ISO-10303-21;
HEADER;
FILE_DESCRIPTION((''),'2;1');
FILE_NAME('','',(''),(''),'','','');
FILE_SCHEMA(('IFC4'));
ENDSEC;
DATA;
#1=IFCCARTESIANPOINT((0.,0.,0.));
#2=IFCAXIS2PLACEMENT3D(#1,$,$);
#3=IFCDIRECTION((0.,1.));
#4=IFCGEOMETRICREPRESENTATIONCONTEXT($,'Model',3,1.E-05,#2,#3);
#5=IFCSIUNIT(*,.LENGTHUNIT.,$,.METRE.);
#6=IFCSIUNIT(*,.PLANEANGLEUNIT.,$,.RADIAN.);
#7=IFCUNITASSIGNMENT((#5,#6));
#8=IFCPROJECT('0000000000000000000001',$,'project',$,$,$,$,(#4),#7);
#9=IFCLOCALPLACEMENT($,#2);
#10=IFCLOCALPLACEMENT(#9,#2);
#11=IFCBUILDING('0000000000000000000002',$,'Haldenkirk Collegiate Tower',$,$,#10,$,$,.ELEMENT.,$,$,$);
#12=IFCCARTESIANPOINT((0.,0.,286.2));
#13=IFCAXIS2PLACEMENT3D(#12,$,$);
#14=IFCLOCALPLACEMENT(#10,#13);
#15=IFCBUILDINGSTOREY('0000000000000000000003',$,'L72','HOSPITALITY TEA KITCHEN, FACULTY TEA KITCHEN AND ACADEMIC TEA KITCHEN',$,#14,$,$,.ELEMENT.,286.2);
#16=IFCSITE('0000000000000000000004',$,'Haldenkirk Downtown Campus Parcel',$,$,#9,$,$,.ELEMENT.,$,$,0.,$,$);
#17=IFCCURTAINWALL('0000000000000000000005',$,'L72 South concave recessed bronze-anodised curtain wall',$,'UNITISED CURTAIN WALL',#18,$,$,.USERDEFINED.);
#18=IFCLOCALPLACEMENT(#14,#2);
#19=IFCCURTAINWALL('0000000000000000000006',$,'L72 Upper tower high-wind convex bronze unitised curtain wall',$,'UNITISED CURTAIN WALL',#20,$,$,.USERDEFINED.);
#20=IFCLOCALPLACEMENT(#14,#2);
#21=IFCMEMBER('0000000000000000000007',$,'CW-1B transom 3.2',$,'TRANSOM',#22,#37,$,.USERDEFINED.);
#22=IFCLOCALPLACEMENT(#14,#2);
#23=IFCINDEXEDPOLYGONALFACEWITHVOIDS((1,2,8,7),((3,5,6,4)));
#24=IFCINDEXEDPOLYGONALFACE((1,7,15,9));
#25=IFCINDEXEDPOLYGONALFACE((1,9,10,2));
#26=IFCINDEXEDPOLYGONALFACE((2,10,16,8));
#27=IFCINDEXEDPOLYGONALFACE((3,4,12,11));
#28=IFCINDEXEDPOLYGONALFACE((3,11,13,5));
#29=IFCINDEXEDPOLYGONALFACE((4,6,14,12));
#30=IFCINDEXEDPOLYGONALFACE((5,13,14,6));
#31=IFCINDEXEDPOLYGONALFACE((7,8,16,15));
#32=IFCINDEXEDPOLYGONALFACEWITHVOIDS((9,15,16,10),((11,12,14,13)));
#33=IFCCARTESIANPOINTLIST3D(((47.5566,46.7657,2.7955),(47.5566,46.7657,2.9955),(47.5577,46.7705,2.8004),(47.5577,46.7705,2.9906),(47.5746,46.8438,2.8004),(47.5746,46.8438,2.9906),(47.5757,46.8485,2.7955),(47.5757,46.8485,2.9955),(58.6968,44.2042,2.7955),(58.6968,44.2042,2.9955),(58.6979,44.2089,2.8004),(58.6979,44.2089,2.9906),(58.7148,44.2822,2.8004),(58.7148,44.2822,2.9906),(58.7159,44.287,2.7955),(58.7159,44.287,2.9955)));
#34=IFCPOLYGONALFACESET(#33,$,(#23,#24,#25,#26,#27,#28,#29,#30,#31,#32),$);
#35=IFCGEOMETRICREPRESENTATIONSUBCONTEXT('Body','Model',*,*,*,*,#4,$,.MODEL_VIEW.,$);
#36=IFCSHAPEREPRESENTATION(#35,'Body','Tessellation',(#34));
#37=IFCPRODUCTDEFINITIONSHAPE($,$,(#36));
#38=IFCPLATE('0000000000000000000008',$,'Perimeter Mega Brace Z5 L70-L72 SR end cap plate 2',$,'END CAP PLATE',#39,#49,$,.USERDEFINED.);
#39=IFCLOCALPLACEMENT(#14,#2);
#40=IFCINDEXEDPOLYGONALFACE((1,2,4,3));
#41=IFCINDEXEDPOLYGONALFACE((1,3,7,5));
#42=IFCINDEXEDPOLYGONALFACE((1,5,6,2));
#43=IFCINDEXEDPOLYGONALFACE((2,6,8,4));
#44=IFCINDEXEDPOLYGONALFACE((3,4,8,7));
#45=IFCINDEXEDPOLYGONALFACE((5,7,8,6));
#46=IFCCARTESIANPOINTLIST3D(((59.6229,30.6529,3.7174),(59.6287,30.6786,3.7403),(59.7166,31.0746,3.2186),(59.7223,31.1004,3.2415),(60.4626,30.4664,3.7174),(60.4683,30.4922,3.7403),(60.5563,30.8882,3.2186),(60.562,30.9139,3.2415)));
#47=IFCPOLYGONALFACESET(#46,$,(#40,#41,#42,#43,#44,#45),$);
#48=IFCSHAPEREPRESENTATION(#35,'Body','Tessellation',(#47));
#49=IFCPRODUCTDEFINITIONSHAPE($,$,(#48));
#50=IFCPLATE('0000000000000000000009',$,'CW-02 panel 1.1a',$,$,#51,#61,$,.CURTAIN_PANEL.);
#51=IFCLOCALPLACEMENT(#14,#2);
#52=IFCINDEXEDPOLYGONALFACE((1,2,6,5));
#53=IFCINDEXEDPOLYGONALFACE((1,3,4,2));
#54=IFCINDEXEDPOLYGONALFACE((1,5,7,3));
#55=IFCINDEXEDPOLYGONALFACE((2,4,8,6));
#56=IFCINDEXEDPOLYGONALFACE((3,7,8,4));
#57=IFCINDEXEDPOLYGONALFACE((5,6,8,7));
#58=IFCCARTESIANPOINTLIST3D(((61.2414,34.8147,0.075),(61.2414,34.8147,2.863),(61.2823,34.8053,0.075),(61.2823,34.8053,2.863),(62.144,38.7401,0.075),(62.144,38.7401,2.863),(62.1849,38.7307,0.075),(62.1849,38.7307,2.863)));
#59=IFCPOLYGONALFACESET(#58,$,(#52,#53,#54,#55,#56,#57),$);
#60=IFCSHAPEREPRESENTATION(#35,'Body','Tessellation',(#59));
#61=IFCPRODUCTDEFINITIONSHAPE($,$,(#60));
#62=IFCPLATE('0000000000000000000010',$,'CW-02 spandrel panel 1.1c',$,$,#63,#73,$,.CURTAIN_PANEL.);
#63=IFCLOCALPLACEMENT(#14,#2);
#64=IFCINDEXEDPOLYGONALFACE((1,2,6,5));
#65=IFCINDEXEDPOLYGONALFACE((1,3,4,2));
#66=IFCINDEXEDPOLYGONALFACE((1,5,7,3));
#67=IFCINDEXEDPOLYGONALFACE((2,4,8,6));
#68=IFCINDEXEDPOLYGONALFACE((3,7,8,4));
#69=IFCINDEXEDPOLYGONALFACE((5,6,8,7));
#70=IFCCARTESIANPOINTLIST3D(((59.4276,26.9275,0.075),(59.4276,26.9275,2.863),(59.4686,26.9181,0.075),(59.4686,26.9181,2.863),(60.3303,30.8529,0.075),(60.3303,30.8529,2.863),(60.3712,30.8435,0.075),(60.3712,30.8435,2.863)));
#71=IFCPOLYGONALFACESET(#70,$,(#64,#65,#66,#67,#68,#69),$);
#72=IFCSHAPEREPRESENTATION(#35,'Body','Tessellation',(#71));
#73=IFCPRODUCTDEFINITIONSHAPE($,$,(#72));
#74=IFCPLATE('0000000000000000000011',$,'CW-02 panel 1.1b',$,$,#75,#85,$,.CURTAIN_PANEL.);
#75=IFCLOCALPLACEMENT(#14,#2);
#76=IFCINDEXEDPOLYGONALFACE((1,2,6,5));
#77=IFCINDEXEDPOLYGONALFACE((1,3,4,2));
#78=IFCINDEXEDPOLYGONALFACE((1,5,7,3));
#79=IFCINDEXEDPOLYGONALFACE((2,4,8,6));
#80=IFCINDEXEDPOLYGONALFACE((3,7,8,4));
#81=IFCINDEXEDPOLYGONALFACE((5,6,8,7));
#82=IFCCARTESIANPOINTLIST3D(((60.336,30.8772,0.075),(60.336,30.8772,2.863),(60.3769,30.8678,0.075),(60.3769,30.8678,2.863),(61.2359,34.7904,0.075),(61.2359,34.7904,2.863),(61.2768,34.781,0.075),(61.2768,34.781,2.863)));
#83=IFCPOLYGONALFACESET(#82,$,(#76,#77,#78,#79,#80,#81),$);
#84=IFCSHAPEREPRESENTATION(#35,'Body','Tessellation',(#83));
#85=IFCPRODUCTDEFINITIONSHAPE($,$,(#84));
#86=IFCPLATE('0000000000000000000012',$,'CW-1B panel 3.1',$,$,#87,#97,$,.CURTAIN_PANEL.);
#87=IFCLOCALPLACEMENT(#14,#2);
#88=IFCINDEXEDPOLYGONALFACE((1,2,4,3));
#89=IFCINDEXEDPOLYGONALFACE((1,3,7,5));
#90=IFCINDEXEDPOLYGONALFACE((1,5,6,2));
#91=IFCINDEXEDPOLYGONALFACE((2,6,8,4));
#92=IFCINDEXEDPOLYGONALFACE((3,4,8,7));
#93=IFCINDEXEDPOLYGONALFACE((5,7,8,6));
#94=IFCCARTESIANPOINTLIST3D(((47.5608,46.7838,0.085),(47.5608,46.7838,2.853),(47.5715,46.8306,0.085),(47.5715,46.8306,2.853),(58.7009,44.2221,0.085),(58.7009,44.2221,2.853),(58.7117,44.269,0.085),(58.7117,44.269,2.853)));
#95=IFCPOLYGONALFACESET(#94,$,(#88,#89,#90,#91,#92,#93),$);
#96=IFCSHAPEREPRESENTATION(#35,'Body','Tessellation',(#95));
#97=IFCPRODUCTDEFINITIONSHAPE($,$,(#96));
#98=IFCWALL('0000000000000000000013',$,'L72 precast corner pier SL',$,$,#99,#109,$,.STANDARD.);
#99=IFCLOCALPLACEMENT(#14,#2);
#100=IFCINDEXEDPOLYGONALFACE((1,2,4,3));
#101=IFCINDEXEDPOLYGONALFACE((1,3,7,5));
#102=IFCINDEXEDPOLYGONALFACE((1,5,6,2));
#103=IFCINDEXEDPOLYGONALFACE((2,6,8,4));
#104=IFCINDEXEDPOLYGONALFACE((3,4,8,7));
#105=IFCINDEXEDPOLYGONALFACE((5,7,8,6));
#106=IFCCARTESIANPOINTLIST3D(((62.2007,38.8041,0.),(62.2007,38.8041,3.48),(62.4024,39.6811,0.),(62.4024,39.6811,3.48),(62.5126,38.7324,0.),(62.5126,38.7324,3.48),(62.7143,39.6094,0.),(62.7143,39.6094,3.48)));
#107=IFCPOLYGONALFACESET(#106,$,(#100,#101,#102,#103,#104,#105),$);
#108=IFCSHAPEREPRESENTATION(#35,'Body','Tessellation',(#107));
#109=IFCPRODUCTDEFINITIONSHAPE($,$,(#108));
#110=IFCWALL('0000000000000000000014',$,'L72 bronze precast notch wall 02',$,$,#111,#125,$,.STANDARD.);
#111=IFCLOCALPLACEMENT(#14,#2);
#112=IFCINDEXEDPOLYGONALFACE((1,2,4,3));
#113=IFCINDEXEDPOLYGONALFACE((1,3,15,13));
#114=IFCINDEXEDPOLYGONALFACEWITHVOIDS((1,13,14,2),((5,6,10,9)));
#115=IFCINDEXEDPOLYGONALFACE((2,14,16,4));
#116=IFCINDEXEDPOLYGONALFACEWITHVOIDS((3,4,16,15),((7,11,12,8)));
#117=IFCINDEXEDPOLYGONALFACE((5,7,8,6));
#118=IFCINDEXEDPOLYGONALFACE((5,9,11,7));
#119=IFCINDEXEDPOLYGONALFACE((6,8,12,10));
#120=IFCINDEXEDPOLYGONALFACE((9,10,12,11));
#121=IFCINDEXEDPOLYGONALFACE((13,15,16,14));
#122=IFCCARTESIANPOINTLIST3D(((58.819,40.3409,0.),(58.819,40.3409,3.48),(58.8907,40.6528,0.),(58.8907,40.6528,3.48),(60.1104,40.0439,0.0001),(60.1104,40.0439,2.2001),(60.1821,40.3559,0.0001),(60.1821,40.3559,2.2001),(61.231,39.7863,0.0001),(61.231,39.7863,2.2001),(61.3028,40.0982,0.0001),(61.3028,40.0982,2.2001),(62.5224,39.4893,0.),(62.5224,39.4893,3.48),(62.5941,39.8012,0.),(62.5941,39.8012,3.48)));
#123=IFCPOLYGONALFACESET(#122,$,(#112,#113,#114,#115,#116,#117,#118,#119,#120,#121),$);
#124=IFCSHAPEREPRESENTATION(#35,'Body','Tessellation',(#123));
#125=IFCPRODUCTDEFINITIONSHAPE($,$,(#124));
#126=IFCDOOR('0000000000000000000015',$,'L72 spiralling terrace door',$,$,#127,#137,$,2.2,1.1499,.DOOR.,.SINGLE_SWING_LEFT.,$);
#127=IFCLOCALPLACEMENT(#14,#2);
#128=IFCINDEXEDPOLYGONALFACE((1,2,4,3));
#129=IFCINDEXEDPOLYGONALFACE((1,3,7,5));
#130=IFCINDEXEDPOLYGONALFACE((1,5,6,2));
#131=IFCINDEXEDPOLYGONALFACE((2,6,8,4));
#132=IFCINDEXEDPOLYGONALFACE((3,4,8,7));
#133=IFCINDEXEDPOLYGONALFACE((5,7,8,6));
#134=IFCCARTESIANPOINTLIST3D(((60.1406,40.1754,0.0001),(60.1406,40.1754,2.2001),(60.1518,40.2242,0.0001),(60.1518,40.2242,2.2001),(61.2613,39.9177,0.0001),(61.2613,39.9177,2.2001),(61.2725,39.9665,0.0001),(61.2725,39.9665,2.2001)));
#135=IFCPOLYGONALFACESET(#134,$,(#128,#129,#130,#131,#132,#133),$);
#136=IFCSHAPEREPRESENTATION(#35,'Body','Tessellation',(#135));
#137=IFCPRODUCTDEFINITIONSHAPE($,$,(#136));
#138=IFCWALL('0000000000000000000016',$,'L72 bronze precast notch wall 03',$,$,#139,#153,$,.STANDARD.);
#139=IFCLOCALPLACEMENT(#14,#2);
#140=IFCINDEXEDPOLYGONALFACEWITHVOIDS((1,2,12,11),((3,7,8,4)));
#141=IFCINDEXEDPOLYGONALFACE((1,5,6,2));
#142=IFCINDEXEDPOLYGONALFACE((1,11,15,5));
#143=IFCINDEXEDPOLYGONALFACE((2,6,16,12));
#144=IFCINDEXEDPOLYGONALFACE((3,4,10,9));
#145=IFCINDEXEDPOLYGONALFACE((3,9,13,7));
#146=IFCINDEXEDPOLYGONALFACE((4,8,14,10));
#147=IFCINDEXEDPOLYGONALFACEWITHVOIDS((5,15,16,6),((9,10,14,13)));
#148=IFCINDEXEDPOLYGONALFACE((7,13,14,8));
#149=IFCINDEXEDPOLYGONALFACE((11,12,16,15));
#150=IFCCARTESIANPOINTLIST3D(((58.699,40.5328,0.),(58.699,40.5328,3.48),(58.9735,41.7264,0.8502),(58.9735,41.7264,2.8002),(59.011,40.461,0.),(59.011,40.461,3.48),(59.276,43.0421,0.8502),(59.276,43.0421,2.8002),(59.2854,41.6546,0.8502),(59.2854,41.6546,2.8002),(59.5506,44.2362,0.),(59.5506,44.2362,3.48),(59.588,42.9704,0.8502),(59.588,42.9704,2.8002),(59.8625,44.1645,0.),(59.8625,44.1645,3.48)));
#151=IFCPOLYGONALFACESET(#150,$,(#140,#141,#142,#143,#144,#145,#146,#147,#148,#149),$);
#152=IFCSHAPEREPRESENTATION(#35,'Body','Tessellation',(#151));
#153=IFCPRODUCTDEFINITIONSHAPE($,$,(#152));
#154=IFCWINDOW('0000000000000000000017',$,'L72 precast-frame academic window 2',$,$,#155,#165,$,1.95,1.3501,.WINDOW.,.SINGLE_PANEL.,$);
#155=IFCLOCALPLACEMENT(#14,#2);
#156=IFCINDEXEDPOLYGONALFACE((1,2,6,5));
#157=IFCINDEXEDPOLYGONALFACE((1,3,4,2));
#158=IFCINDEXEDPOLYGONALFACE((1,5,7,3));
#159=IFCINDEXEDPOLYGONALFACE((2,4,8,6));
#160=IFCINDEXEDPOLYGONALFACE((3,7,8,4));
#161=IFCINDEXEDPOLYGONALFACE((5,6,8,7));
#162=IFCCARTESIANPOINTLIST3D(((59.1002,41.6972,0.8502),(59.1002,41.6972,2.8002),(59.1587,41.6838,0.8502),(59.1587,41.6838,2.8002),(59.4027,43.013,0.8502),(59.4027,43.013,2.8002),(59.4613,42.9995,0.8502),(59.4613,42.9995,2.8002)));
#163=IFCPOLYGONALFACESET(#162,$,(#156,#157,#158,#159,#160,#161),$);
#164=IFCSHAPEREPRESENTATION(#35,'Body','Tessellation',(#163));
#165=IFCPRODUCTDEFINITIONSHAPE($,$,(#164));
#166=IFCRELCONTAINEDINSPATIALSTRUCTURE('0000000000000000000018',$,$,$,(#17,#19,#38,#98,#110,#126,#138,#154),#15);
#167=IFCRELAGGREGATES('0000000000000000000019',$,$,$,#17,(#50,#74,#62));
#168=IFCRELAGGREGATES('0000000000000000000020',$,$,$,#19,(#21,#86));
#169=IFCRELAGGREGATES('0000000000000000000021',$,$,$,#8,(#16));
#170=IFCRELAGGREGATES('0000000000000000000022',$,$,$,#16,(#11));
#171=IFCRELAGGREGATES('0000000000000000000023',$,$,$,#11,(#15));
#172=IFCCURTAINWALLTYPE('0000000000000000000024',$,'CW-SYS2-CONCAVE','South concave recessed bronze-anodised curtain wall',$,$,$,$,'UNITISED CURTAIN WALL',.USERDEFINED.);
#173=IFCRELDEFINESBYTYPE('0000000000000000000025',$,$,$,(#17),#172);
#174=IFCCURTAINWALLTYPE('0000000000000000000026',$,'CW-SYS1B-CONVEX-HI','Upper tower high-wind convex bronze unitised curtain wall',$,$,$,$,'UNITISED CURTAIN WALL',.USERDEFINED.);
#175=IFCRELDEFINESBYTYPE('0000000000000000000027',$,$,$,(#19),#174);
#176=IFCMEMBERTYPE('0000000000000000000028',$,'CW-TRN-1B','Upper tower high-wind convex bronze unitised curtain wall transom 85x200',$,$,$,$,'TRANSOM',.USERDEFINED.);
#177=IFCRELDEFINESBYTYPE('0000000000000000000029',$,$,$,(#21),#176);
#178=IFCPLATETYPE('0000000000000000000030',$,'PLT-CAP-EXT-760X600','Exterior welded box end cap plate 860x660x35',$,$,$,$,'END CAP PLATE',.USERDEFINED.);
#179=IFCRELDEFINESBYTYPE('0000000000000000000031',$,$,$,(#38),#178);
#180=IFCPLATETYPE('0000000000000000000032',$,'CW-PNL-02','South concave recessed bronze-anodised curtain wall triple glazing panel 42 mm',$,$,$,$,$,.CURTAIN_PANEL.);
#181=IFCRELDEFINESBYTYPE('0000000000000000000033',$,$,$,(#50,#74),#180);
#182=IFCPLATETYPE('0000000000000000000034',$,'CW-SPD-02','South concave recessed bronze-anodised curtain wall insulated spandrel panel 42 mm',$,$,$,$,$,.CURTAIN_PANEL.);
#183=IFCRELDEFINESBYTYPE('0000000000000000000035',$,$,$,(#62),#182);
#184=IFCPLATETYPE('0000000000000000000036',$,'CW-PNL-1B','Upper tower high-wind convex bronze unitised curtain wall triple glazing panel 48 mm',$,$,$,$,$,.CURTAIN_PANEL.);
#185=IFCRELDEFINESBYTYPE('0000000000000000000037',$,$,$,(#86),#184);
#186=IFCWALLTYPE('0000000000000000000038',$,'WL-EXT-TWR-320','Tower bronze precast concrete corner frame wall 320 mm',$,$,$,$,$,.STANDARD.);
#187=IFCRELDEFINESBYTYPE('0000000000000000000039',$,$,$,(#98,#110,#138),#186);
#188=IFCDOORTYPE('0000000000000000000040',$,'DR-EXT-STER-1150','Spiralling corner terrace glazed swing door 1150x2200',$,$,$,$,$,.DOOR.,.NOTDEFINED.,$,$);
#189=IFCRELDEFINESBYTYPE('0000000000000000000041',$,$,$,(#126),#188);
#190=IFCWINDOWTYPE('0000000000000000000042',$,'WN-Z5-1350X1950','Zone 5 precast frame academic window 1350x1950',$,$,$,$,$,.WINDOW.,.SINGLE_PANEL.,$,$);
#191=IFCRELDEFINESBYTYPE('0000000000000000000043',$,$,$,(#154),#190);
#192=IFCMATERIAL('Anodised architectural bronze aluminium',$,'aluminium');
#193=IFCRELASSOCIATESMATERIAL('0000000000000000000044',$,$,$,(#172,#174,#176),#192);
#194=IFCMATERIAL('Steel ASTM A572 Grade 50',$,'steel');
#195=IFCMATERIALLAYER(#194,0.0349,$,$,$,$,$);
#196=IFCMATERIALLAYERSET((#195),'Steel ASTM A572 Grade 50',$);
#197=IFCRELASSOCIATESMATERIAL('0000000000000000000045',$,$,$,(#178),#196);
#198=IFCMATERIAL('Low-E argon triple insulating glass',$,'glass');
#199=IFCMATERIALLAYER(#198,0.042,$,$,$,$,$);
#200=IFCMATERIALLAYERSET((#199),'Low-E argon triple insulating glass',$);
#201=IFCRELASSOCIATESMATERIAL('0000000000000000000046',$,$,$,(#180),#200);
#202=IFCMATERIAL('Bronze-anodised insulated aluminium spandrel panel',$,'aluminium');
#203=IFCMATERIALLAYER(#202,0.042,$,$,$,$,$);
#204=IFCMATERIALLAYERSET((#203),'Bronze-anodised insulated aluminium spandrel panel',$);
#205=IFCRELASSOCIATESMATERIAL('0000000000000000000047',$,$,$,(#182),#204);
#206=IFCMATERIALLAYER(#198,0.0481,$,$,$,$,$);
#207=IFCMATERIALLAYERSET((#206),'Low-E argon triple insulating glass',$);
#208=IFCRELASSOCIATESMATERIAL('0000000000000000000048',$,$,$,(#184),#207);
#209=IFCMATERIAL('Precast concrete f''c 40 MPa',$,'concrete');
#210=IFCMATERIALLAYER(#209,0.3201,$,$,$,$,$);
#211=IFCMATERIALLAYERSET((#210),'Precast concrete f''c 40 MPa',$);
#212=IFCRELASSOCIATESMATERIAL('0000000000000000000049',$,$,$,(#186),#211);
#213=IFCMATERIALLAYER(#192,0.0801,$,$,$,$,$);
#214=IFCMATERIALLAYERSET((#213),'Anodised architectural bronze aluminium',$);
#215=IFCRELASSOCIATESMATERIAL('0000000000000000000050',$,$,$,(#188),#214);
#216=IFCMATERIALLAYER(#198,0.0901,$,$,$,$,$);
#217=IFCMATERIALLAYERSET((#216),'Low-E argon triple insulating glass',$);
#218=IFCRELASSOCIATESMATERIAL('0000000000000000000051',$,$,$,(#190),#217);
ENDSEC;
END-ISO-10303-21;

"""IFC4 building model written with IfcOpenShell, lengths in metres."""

from ifc_helpers import new_model, si_unit, direction, frame, frame_2d, origin, origin_2d, place, context, subcontext, project, spatial, rectangle, hollow_rectangle, extrude, source, transform, mapped, material, layer, layer_set, material_profile, profile_set, type_object, element, fill, aggregate, save


model = new_model("IFC4")

# Units and contexts
model_context = context("Model", 3, precision=1e-05, world=origin(), true_north=direction((0.0, 1.0)))
body_context = subcontext(model_context, "Body", "Model", "MODEL_VIEW")
ifc_project = project(units=[si_unit("LENGTHUNIT", "METRE"), si_unit("PLANEANGLEUNIT", "RADIAN")], contexts=[model_context])

# Site, building, storey
site_placement = place(None, origin())
site = spatial("IfcSite", under=ifc_project, at=site_placement, Name="Haldenkirk Downtown Campus Parcel", CompositionType="ELEMENT", RefElevation=0.0)
building_placement = place(site_placement, origin())
building = spatial("IfcBuilding", under=site, at=building_placement, Name="Haldenkirk Collegiate Tower", CompositionType="ELEMENT")
storey_placement = place(building_placement, frame((0.0, 0.0, 286.2)))
storey = spatial("IfcBuildingStorey", under=building, at=storey_placement, Name="L72", Description="HOSPITALITY TEA KITCHEN, FACULTY TEA KITCHEN AND ACADEMIC TEA KITCHEN", CompositionType="ELEMENT", Elevation=286.2)

# Shared definitions
ifc_material_1 = material(Name="Steel ASTM A572 Grade 50", Category="steel")

# Curtain walls
ifc_material_2 = material(Name="Anodised architectural bronze aluminium", Category="aluminium")
curtain_wall_type_1 = type_object("IfcCurtainWallType", Name="CW-SYS2-CONCAVE", Description="South concave recessed bronze-anodised curtain wall", ElementType="UNITISED CURTAIN WALL", PredefinedType="USERDEFINED", material=ifc_material_2)
curtain_wall_1_placement = place(storey_placement, origin())
curtain_wall_1 = element("IfcCurtainWall", 1, at=curtain_wall_1_placement, inside=storey, type_object=curtain_wall_type_1, Name="L72 South concave recessed bronze-anodised curtain wall", ObjectType="UNITISED CURTAIN WALL", PredefinedType="USERDEFINED")
curtain_wall_type_2 = type_object("IfcCurtainWallType", Name="CW-SYS1B-CONVEX-HI", Description="Upper tower high-wind convex bronze unitised curtain wall", ElementType="UNITISED CURTAIN WALL", PredefinedType="USERDEFINED", material=ifc_material_2)
curtain_wall_2_placement = place(storey_placement, origin())
curtain_wall_2 = element("IfcCurtainWall", 2, at=curtain_wall_2_placement, inside=storey, type_object=curtain_wall_type_2, Name="L72 Upper tower high-wind convex bronze unitised curtain wall", ObjectType="UNITISED CURTAIN WALL", PredefinedType="USERDEFINED")

# Member
ifc_material_profile_1 = material_profile(ifc_material_2, hollow_rectangle(XDim=0.085, YDim=0.2, WallThickness=0.0049, at=origin_2d()), Name="CW-TRN-1B")
ifc_profile_set_1 = profile_set([ifc_material_profile_1], Name="Anodised architectural bronze aluminium")
member_type_1 = type_object("IfcMemberType", Name="CW-TRN-1B", Description="Upper tower high-wind convex bronze unitised curtain wall transom 85x200", ElementType="TRANSOM", PredefinedType="USERDEFINED", material=ifc_profile_set_1)
member_1_placement = place(storey_placement, frame((47.5662, 46.8071, 2.8955), z_axis=(0.974569, -0.224089, 0.0), x_axis=(0.224089, 0.974569, 0.0)))
member_1 = element("IfcMember", 3, at=member_1_placement, type_object=member_type_1, Name="CW-1B transom 3.2", ObjectType="TRANSOM", PredefinedType="USERDEFINED", context=body_context, shape_type="SweptSolid", body=[
    extrude(hollow_rectangle(XDim=0.085, YDim=0.2, WallThickness=0.0049, at=origin_2d()), origin(), (0.0, 0.0, 1.0), 11.4309),
])

# Plates
ifc_layer_1 = layer(ifc_material_1, 0.0349)
ifc_layer_set_1 = layer_set([ifc_layer_1], Name="Steel ASTM A572 Grade 50")
plate_type_1 = type_object("IfcPlateType", Name="PLT-CAP-EXT-760X600", Description="Exterior welded box end cap plate 860x660x35", ElementType="END CAP PLATE", PredefinedType="USERDEFINED", material=ifc_layer_set_1)
shared_shape_1 = source(origin(), body_context, "Body", "SweptSolid", [
    extrude(rectangle(XDim=0.8601, YDim=0.6599, at=origin_2d()), origin(), (0.0, 0.0, 1.0), 0.0349),
])
plate_1_placement = place(storey_placement, frame((60.0896, 30.7705, 3.468), z_axis=(0.163878, 0.737935, 0.654672), x_axis=(-0.976217, 0.216795, 0.0)))
element("IfcPlate", 4, at=plate_1_placement, inside=storey, type_object=plate_type_1, Name="Perimeter Mega Brace Z5 L70-L72 SR end cap plate 2", ObjectType="END CAP PLATE", PredefinedType="USERDEFINED", context=body_context, shape_type="MappedRepresentation", body=[
    mapped(shared_shape_1, transform((0.0, 0.0, 0.0), x_axis=(1.0, 0.0, 0.0), y_axis=(0.0, 1.0, 0.0), z_axis=(0.0, 0.0, 1.0), scale=1.0)),
])
ifc_material_3 = material(Name="Low-E argon triple insulating glass", Category="glass")
ifc_layer_2 = layer(ifc_material_3, 0.042)
ifc_layer_set_2 = layer_set([ifc_layer_2], Name="Low-E argon triple insulating glass")
plate_type_2 = type_object("IfcPlateType", Name="CW-PNL-02", Description="South concave recessed bronze-anodised curtain wall triple glazing panel 42 mm", PredefinedType="CURTAIN_PANEL", material=ifc_layer_set_2)
shared_shape_2 = source(origin(), body_context, "Body", "SweptSolid", [
    extrude(rectangle(XDim=4.0278, YDim=0.042, at=origin_2d()), origin(), (0.0, 0.0, 1.0), 2.7881),
])
plate_2_placement = place(storey_placement, frame((61.7131, 36.7727, 0.075), z_axis=(0.0, 0.0, 1.0), x_axis=(-0.224101, -0.974566, 0.0)))
plate_2 = element("IfcPlate", 5, at=plate_2_placement, type_object=plate_type_2, Name="CW-02 panel 1.1a", PredefinedType="CURTAIN_PANEL", context=body_context, shape_type="MappedRepresentation", body=[
    mapped(shared_shape_2, transform((0.0, 0.0, 0.0), x_axis=(1.0, 0.0, 0.0), y_axis=(0.0, 1.0, 0.0), z_axis=(0.0, 0.0, 1.0), scale=1.0)),
])
ifc_material_4 = material(Name="Bronze-anodised insulated aluminium spandrel panel", Category="aluminium")
ifc_layer_3 = layer(ifc_material_4, 0.042)
ifc_layer_set_3 = layer_set([ifc_layer_3], Name="Bronze-anodised insulated aluminium spandrel panel")
plate_type_3 = type_object("IfcPlateType", Name="CW-SPD-02", Description="South concave recessed bronze-anodised curtain wall insulated spandrel panel 42 mm", PredefinedType="CURTAIN_PANEL", material=ifc_layer_set_3)
plate_3_placement = place(storey_placement, frame((59.8994, 28.8855, 0.075), z_axis=(0.0, 0.0, 1.0), x_axis=(-0.224101, -0.974566, 0.0)))
plate_3 = element("IfcPlate", 6, at=plate_3_placement, type_object=plate_type_3, Name="CW-02 spandrel panel 1.1c", PredefinedType="CURTAIN_PANEL", context=body_context, shape_type="MappedRepresentation", body=[
    mapped(shared_shape_2, transform((0.0, 0.0, 0.0), x_axis=(1.0, 0.0, 0.0), y_axis=(0.0, 1.0, 0.0), z_axis=(0.0, 0.0, 1.0), scale=1.0)),
])
shared_shape_3 = source(origin(), body_context, "Body", "SweptSolid", [
    extrude(rectangle(XDim=4.0154, YDim=0.042, at=origin_2d()), origin(), (0.0, 0.0, 1.0), 2.7881),
])
plate_4_placement = place(storey_placement, frame((60.8064, 32.8291, 0.075), z_axis=(0.0, 0.0, 1.0), x_axis=(-0.224101, -0.974566, 0.0)))
plate_4 = element("IfcPlate", 7, at=plate_4_placement, type_object=plate_type_2, Name="CW-02 panel 1.1b", PredefinedType="CURTAIN_PANEL", context=body_context, shape_type="MappedRepresentation", body=[
    mapped(shared_shape_3, transform((0.0, 0.0, 0.0), x_axis=(1.0, 0.0, 0.0), y_axis=(0.0, 1.0, 0.0), z_axis=(0.0, 0.0, 1.0), scale=1.0)),
])
aggregate(curtain_wall_1, [plate_2, plate_4, plate_3])
ifc_layer_4 = layer(ifc_material_3, 0.0481)
ifc_layer_set_4 = layer_set([ifc_layer_4], Name="Low-E argon triple insulating glass")
plate_type_4 = type_object("IfcPlateType", Name="CW-PNL-1B", Description="Upper tower high-wind convex bronze unitised curtain wall triple glazing panel 48 mm", PredefinedType="CURTAIN_PANEL", material=ifc_layer_set_4)
shared_shape_4 = source(origin(), body_context, "Body", "SweptSolid", [
    extrude(rectangle(XDim=11.4309, YDim=0.0481, at=origin_2d()), origin(), (0.0, 0.0, 1.0), 2.7681),
])
plate_5_placement = place(storey_placement, frame((53.1362, 45.5264, 0.085), z_axis=(0.0, 0.0, 1.0), x_axis=(0.974566, -0.224101, 0.0)))
plate_5 = element("IfcPlate", 8, at=plate_5_placement, type_object=plate_type_4, Name="CW-1B panel 3.1", PredefinedType="CURTAIN_PANEL", context=body_context, shape_type="MappedRepresentation", body=[
    mapped(shared_shape_4, transform((0.0, 0.0, 0.0), x_axis=(1.0, 0.0, 0.0), y_axis=(0.0, 1.0, 0.0), z_axis=(0.0, 0.0, 1.0), scale=1.0)),
])
aggregate(curtain_wall_2, [member_1, plate_5])

# Wall
ifc_material_5 = material(Name="Precast concrete f'c 40 MPa", Category="concrete")
ifc_layer_5 = layer(ifc_material_5, 0.3201)
ifc_layer_set_5 = layer_set([ifc_layer_5], Name="Precast concrete f'c 40 MPa")
wall_type_1 = type_object("IfcWallType", Name="WL-EXT-TWR-320", Description="Tower bronze precast concrete corner frame wall 320 mm", PredefinedType="STANDARD", material=ifc_layer_set_5)
wall_1_placement = place(storey_placement, frame((62.5583, 39.6453, 0.0), z_axis=(0.0, 0.0, 1.0), x_axis=(-0.224106, -0.974565, 0.0)))
element("IfcWall", 9, at=wall_1_placement, inside=storey, type_object=wall_type_1, Name="L72 precast corner pier SL", PredefinedType="STANDARD", context=body_context, shape_type="SweptSolid", body=[
    extrude(rectangle(XDim=0.8999, YDim=0.3201, at=frame_2d((0.45, 0.0))), origin(), (0.0, 0.0, 1.0), 3.48),
])

# Wall, opening, door
wall_2_placement = place(storey_placement, frame((58.855, 40.4968, 0.0), z_axis=(0.0, 0.0, 1.0), x_axis=(0.974567, -0.224095, 0.0)))
wall_2 = element("IfcWall", 10, at=wall_2_placement, inside=storey, type_object=wall_type_1, Name="L72 bronze precast notch wall 02", PredefinedType="STANDARD", context=body_context, shape_type="SweptSolid", body=[
    extrude(rectangle(XDim=3.8, YDim=0.3201, at=frame_2d((1.8999, 0.0))), origin(), (0.0, 0.0, 1.0), 3.48),
])
opening_1_placement = place(wall_2_placement, frame((1.325, 0.0, 0.0)))
opening_1 = element("IfcOpeningElement", 11, at=opening_1_placement, cuts=wall_2, PredefinedType="OPENING", context=body_context, shape_type="SweptSolid", body=[
    extrude(rectangle(XDim=1.1499, YDim=2.2, at=frame_2d((0.575, 1.1001))), frame((0.0, 0.1699, 0.0), z_axis=(0.0, -1.0, 0.0), x_axis=(1.0, 0.0, 0.0)), (0.0, 0.0, 1.0), 0.3401),
])
ifc_layer_6 = layer(ifc_material_2, 0.0801)
ifc_layer_set_6 = layer_set([ifc_layer_6], Name="Anodised architectural bronze aluminium")
door_type = type_object("IfcDoorType", Name="DR-EXT-STER-1150", Description="Spiralling corner terrace glazed swing door 1150x2200", OperationType="NOTDEFINED", PredefinedType="DOOR", material=ifc_layer_set_6)
door_placement = place(opening_1_placement, origin())
door = element("IfcDoor", 12, at=door_placement, inside=storey, type_object=door_type, Name="L72 spiralling terrace door", OperationType="SINGLE_SWING_LEFT", OverallHeight=2.2, OverallWidth=1.1499, PredefinedType="DOOR", context=body_context, shape_type="SweptSolid", body=[
    extrude(rectangle(XDim=1.1499, YDim=2.2, at=frame_2d((0.575, 1.1001))), frame((0.0, 0.0249, 0.0), z_axis=(0.0, -1.0, 0.0), x_axis=(1.0, 0.0, 0.0)), (0.0, 0.0, 1.0), 0.05),
])
fill(opening_1, door)

# Wall, opening, window
wall_3_placement = place(storey_placement, frame((59.7065, 44.2002, 0.0), z_axis=(0.0, 0.0, 1.0), x_axis=(-0.224095, -0.974567, 0.0)))
wall_3 = element("IfcWall", 13, at=wall_3_placement, inside=storey, type_object=wall_type_1, Name="L72 bronze precast notch wall 03", PredefinedType="STANDARD", context=body_context, shape_type="SweptSolid", body=[
    extrude(rectangle(XDim=3.8, YDim=0.3201, at=frame_2d((1.8999, 0.0))), origin(), (0.0, 0.0, 1.0), 3.48),
])
opening_2_placement = place(wall_3_placement, frame((1.2251, 0.0, 0.8501)))
opening_2 = element("IfcOpeningElement", 14, at=opening_2_placement, cuts=wall_3, PredefinedType="OPENING", context=body_context, shape_type="SweptSolid", body=[
    extrude(rectangle(XDim=1.3501, YDim=1.95, at=frame_2d((0.675, 0.9751))), frame((0.0, 0.1699, 0.0), z_axis=(0.0, -1.0, 0.0), x_axis=(1.0, 0.0, 0.0)), (0.0, 0.0, 1.0), 0.3401),
])
ifc_layer_7 = layer(ifc_material_3, 0.0901)
ifc_layer_set_7 = layer_set([ifc_layer_7], Name="Low-E argon triple insulating glass")
window_type = type_object("IfcWindowType", Name="WN-Z5-1350X1950", Description="Zone 5 precast frame academic window 1350x1950", PartitioningType="SINGLE_PANEL", PredefinedType="WINDOW", material=ifc_layer_set_7)
window_placement = place(opening_2_placement, origin())
window = element("IfcWindow", 15, at=window_placement, inside=storey, type_object=window_type, Name="L72 precast-frame academic window 2", OverallHeight=1.95, OverallWidth=1.3501, PartitioningType="SINGLE_PANEL", PredefinedType="WINDOW", context=body_context, shape_type="SweptSolid", body=[
    extrude(rectangle(XDim=1.3501, YDim=1.95, at=frame_2d((0.675, 0.9751))), frame((0.0, 0.03, 0.0), z_axis=(0.0, -1.0, 0.0), x_axis=(1.0, 0.0, 0.0)), (0.0, 0.0, 1.0), 0.0601),
])
fill(opening_2, window)

save(model, "model.ifc")
